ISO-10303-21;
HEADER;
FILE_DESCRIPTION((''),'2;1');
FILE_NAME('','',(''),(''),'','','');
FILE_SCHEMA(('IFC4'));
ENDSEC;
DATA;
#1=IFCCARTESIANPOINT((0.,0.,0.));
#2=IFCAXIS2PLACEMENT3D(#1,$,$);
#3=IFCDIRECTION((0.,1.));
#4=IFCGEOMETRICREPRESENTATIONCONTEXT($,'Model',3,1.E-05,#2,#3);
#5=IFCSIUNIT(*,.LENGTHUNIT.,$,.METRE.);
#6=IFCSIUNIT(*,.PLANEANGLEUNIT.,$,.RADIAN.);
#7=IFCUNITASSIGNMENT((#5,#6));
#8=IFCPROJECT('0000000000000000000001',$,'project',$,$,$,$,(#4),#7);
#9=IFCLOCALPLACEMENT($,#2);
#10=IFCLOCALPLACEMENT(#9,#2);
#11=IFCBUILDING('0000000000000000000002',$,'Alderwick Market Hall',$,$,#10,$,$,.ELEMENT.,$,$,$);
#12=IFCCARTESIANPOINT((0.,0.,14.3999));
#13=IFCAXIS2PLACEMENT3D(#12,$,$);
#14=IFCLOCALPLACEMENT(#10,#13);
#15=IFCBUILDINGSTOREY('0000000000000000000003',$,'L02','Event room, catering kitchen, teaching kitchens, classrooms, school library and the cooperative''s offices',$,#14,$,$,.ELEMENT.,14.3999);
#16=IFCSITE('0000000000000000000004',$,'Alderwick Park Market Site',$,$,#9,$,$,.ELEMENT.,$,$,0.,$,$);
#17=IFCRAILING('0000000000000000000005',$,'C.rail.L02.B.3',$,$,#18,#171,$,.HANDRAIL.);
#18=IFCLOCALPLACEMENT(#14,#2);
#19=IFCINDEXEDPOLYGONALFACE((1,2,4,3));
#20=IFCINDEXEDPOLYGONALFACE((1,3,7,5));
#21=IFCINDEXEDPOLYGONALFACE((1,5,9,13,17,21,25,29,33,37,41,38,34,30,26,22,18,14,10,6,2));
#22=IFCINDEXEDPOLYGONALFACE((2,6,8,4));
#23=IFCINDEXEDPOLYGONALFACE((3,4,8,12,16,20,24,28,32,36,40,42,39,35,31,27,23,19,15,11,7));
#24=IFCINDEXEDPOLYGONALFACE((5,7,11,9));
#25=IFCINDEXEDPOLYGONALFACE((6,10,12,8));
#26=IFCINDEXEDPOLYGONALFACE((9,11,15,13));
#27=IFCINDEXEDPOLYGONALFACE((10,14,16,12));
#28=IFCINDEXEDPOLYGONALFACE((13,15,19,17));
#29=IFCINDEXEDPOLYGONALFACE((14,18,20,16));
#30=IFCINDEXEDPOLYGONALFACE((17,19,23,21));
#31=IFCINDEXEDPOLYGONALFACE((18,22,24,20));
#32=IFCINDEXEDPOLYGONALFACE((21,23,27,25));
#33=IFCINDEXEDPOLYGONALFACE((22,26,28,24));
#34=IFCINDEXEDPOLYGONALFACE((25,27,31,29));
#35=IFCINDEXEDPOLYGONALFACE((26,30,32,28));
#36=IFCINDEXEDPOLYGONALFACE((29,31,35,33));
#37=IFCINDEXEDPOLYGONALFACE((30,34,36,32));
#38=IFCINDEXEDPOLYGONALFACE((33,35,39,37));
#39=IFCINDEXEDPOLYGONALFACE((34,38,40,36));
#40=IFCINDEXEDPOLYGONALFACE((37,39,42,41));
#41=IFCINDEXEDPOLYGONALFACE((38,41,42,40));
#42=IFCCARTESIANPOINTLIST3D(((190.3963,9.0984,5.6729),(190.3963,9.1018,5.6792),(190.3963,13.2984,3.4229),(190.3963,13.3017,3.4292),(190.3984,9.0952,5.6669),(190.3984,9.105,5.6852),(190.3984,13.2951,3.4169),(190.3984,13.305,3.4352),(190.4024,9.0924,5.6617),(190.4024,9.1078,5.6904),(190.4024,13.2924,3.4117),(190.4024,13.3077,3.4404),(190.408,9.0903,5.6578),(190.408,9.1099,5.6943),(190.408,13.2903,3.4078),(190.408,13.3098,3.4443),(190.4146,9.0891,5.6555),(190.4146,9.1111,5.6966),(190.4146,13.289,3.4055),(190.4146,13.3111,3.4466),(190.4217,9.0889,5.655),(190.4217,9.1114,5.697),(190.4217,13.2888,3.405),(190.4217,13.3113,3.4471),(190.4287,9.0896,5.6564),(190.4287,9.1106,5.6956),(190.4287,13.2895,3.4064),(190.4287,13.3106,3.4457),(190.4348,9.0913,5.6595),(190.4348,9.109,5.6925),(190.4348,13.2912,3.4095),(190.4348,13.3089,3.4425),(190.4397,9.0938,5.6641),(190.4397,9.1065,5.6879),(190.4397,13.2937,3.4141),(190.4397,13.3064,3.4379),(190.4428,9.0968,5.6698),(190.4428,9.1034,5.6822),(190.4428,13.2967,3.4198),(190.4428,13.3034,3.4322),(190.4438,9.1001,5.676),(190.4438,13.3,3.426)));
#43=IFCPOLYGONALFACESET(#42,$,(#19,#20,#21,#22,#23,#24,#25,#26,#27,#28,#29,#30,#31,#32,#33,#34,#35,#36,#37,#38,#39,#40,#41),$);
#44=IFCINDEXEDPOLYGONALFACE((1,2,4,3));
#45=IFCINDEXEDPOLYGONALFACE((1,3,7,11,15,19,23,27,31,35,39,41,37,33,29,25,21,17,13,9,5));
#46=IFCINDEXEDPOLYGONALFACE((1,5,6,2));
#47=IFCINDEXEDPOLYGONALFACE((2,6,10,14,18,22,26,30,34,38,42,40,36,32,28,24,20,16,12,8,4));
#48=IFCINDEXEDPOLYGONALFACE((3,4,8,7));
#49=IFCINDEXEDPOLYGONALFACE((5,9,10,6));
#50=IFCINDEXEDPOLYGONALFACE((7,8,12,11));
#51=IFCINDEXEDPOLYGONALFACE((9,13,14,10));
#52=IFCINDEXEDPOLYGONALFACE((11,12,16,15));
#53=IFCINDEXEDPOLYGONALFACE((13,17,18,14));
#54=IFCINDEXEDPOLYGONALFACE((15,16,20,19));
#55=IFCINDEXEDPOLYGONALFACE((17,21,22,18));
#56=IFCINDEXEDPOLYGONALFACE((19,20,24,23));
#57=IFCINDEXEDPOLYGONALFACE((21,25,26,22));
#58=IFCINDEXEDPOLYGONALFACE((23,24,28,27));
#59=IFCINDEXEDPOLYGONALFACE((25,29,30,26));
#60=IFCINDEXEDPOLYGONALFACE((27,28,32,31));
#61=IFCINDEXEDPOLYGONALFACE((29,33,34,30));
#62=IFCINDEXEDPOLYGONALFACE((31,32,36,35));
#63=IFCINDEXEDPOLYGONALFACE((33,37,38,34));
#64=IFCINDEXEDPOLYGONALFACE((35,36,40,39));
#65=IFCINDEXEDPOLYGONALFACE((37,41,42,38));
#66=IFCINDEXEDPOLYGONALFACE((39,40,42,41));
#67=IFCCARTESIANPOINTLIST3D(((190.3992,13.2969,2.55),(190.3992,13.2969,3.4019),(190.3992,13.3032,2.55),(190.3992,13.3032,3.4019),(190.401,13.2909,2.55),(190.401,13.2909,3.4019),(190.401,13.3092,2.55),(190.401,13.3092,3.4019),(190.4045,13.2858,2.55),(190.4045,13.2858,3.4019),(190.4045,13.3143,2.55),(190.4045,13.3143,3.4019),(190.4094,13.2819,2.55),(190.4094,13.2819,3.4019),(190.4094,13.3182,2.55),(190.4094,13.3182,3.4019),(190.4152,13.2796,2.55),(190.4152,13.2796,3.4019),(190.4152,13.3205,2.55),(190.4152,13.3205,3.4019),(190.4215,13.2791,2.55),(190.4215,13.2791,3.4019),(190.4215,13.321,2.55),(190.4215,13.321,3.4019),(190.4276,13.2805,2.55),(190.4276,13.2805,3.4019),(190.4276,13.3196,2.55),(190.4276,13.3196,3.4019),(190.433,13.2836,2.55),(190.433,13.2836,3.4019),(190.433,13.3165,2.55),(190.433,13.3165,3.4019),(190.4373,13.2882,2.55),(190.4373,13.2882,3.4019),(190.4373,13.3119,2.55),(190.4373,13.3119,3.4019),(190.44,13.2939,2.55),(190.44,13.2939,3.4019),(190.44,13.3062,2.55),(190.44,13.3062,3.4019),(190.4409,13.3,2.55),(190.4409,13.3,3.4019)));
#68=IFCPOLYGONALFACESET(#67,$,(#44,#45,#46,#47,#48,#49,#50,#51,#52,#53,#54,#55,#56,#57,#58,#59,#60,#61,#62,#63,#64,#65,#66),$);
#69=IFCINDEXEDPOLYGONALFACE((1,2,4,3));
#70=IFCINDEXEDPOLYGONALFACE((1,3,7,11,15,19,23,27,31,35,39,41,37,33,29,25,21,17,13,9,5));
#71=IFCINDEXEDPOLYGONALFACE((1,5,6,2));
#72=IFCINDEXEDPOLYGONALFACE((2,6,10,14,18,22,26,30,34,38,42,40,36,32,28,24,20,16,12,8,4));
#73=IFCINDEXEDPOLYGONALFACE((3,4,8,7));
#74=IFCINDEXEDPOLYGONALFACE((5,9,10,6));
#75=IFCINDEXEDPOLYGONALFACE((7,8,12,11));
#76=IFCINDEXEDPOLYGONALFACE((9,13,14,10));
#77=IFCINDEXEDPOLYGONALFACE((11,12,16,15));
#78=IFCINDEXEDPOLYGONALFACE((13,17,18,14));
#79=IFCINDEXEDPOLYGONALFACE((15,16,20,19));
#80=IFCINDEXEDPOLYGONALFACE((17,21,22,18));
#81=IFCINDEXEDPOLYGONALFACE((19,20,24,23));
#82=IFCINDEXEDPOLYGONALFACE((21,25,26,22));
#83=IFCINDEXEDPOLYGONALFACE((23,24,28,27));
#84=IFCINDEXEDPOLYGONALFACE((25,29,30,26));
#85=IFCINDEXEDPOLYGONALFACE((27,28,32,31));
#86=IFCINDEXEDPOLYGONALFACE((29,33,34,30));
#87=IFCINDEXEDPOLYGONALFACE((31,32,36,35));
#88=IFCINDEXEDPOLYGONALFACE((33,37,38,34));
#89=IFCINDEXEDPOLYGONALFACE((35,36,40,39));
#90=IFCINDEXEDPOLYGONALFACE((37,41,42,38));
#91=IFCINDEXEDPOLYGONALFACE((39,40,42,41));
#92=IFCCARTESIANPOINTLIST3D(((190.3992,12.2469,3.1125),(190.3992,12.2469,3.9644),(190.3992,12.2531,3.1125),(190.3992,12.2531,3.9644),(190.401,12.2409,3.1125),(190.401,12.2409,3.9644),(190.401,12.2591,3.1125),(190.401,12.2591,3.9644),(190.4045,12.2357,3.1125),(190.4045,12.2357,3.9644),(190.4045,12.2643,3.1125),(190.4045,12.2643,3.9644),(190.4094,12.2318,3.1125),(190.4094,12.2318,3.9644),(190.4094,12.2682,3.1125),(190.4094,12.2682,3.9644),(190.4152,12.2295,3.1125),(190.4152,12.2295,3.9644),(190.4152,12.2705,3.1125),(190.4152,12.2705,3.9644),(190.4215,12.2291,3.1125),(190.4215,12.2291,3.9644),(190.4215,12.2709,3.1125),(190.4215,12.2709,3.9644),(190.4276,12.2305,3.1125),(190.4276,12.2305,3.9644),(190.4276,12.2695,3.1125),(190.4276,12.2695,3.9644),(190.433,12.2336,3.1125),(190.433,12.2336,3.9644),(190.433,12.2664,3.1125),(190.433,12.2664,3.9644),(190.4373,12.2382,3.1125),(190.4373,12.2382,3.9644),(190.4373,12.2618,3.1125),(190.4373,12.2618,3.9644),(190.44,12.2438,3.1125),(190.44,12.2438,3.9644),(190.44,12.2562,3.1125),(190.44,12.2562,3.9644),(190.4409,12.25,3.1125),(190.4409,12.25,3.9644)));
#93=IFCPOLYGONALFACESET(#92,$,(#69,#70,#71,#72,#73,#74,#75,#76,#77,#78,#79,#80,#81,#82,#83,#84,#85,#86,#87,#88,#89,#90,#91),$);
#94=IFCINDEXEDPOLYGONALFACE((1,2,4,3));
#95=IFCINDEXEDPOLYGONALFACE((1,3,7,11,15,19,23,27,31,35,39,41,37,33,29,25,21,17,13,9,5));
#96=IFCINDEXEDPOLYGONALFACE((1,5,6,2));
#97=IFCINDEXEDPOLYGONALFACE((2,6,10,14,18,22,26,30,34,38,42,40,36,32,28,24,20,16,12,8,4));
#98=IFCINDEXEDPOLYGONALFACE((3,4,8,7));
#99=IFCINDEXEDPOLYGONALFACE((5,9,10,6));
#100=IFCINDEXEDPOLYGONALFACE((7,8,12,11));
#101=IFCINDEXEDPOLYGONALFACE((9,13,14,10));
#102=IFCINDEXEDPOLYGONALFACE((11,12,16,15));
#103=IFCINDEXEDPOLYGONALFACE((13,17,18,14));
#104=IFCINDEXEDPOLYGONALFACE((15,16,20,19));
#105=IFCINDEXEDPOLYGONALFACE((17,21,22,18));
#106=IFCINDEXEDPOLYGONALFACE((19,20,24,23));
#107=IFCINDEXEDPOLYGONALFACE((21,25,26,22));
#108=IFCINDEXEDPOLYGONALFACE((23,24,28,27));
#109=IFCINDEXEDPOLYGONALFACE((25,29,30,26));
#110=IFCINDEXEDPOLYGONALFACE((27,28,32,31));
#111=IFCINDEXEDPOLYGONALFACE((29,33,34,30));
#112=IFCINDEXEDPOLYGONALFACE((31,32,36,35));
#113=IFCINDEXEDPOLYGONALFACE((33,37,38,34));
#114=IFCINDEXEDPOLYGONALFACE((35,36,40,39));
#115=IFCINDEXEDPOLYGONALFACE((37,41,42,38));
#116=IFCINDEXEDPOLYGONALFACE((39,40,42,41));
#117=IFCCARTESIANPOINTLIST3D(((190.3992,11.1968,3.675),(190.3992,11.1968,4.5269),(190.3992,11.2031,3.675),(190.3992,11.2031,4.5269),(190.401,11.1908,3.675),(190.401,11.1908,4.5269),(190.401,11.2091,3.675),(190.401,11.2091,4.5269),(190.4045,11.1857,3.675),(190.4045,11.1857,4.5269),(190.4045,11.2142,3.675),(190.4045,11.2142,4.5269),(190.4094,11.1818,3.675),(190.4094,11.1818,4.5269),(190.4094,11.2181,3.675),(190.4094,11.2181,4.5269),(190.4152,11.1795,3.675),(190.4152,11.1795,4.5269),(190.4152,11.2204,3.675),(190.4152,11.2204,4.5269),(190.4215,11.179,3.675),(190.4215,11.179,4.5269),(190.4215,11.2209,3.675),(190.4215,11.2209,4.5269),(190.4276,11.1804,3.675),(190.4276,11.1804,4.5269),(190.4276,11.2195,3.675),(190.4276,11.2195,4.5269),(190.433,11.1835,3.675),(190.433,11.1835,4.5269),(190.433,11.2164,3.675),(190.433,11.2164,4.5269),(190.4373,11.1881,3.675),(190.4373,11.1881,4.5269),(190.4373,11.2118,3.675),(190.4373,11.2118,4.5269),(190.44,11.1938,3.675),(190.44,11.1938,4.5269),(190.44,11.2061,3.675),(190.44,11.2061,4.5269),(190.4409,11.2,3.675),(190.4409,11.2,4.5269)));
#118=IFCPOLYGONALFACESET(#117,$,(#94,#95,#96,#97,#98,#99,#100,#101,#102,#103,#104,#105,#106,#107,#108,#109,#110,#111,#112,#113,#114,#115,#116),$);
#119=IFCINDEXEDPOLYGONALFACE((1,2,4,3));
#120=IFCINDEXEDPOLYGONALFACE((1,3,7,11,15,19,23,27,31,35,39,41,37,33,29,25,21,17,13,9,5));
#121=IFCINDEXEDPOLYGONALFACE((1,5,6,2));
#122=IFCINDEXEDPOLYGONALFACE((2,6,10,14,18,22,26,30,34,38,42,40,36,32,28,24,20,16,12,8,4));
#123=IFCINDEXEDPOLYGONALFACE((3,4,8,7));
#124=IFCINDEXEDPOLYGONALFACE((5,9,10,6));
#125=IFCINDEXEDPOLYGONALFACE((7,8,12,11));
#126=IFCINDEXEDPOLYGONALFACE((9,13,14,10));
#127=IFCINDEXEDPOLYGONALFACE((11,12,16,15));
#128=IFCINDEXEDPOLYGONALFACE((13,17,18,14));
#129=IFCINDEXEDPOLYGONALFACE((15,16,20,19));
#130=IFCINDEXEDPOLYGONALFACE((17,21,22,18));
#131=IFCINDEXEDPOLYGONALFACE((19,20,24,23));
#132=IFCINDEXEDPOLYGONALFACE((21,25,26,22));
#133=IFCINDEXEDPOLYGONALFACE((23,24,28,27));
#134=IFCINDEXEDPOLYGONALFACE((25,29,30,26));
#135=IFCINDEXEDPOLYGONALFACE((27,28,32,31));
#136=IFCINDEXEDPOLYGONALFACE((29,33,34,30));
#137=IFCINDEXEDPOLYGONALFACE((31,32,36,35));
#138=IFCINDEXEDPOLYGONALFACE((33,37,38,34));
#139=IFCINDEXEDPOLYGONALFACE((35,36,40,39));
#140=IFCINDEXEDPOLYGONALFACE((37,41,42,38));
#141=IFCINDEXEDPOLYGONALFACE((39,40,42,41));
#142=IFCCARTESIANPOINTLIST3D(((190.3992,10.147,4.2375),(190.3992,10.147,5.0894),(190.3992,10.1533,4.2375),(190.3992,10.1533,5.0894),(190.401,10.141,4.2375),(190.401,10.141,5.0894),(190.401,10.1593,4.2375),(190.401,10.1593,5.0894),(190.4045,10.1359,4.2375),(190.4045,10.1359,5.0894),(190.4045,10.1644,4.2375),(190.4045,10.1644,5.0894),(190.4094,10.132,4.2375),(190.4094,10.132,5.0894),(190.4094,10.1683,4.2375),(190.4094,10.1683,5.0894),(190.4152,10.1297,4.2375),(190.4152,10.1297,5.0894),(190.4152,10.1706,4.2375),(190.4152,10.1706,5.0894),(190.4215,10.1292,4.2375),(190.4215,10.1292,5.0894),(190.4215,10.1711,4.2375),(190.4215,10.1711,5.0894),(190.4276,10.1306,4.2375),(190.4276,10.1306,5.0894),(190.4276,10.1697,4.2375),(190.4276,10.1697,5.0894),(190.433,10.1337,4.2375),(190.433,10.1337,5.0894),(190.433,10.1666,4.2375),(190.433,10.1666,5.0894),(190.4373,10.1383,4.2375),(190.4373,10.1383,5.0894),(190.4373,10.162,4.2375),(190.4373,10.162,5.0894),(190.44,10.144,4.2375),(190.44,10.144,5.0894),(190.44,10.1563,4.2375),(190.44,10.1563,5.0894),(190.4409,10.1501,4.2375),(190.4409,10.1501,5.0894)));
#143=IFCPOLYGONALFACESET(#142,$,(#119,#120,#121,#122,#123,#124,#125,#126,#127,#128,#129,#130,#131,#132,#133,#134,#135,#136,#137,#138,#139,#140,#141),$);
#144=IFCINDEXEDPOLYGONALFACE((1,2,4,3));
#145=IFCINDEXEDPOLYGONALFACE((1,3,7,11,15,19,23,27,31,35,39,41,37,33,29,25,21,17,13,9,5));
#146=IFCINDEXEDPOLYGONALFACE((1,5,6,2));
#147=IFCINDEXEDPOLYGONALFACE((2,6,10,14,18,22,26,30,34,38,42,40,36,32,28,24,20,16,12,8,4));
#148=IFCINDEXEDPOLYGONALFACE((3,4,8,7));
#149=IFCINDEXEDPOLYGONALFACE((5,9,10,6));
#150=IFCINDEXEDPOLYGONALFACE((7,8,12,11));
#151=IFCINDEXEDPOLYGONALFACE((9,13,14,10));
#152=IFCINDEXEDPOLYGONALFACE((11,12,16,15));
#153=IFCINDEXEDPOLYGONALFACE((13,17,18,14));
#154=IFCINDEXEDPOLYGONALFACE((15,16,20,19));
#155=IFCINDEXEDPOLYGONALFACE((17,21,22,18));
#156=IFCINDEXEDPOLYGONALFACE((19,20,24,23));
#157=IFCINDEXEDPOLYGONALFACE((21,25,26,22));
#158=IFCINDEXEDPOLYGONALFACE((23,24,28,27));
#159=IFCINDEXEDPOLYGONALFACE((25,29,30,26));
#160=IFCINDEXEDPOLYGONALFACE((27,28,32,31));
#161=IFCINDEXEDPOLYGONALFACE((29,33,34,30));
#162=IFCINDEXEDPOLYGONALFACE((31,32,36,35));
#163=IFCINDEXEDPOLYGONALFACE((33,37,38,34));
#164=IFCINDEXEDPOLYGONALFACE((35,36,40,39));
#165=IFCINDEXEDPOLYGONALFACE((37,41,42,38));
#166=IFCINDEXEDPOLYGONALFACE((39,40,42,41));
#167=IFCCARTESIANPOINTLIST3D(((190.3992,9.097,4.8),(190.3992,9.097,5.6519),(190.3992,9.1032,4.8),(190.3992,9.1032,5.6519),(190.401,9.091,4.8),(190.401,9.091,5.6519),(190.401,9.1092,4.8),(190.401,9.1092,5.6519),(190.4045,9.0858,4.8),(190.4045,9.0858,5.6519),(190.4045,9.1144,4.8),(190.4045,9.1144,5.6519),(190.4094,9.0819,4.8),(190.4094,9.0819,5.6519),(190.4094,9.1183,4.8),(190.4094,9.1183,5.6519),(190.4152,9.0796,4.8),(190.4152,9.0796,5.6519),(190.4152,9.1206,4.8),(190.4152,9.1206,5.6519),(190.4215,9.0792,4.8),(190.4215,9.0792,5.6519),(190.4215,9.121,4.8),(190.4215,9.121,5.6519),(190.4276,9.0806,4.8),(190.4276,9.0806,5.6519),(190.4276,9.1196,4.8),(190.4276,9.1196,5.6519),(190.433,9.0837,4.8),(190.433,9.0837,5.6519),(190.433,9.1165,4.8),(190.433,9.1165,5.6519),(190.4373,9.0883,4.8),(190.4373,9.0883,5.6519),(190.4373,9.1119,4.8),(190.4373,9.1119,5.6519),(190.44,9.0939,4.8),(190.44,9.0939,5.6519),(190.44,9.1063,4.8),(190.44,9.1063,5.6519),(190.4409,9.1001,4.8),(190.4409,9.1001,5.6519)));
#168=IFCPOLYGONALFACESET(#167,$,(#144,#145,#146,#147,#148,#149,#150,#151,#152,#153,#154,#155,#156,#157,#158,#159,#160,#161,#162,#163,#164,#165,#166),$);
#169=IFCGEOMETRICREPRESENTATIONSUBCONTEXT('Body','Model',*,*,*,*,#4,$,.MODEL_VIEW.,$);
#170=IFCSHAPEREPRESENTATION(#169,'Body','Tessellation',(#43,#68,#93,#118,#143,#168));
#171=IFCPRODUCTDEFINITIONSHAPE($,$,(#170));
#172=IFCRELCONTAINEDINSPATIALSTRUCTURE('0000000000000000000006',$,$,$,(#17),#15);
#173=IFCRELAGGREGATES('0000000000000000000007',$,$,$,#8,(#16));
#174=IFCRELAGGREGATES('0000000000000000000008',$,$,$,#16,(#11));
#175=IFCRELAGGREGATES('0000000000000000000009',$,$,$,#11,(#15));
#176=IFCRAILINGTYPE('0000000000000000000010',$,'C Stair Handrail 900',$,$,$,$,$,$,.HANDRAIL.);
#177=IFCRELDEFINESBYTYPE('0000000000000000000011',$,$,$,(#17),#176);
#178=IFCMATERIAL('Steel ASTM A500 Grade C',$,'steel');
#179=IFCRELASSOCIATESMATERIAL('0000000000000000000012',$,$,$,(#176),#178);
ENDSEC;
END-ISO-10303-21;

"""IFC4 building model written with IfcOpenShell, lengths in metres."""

from ifc_helpers import new_model, si_unit, direction, frame, origin, origin_2d, place, context, subcontext, project, spatial, circle, extrude, material, type_object, element, save


model = new_model("IFC4")

# Units and contexts
model_context = context("Model", 3, precision=1e-05, world=origin(), true_north=direction((0.0, 1.0)))
body_context = subcontext(model_context, "Body", "Model", "MODEL_VIEW")
ifc_project = project(units=[si_unit("LENGTHUNIT", "METRE"), si_unit("PLANEANGLEUNIT", "RADIAN")], contexts=[model_context])

# Site, building, storey
site_placement = place(None, origin())
site = spatial("IfcSite", under=ifc_project, at=site_placement, Name="Alderwick Park Market Site", CompositionType="ELEMENT", RefElevation=0.0)
building_placement = place(site_placement, origin())
building = spatial("IfcBuilding", under=site, at=building_placement, Name="Alderwick Market Hall", CompositionType="ELEMENT")
storey_placement = place(building_placement, frame((0.0, 0.0, 14.3999)))
storey = spatial("IfcBuildingStorey", under=building, at=storey_placement, Name="L02", Description="Event room, catering kitchen, teaching kitchens, classrooms, school library and the cooperative's offices", CompositionType="ELEMENT", Elevation=14.3999)

# Railing
ifc_material_1 = material(Name="Steel ASTM A500 Grade C", Category="steel")
railing_type_1 = type_object("IfcRailingType", Name="C Stair Handrail 900", PredefinedType="HANDRAIL", material=ifc_material_1)
for number, where, name in (
    (1, (190.4199, 13.3, 2.55), "C.rail.L02.B.3"),
):
    element("IfcRailing", number, at=place(storey_placement, frame(where)), inside=storey, type_object=railing_type_1, Name=name, PredefinedType="HANDRAIL", context=body_context, shape_type="SweptSolid", body=[
        extrude(circle(Radius=0.0239, at=origin_2d()), frame((0.0, 0.0, 0.876), z_axis=(0.0, -0.881478, 0.472226), x_axis=(1.0, 0.0, 0.0)), (0.0, 0.0, 1.0), 4.7646),
        extrude(circle(Radius=0.021, at=origin_2d()), origin(), (0.0, 0.0, 1.0), 0.8518),
        extrude(circle(Radius=0.021, at=origin_2d()), frame((0.0, -1.05, 0.5625)), (0.0, 0.0, 1.0), 0.8518),
        extrude(circle(Radius=0.021, at=origin_2d()), frame((0.0, -2.1001, 1.125)), (0.0, 0.0, 1.0), 0.8518),
        extrude(circle(Radius=0.021, at=origin_2d()), frame((0.0, -3.1499, 1.6875)), (0.0, 0.0, 1.0), 0.8518),
        extrude(circle(Radius=0.021, at=origin_2d()), frame((0.0, -4.2, 2.25)), (0.0, 0.0, 1.0), 0.8518),
    ])

save(model, "model.ifc")
